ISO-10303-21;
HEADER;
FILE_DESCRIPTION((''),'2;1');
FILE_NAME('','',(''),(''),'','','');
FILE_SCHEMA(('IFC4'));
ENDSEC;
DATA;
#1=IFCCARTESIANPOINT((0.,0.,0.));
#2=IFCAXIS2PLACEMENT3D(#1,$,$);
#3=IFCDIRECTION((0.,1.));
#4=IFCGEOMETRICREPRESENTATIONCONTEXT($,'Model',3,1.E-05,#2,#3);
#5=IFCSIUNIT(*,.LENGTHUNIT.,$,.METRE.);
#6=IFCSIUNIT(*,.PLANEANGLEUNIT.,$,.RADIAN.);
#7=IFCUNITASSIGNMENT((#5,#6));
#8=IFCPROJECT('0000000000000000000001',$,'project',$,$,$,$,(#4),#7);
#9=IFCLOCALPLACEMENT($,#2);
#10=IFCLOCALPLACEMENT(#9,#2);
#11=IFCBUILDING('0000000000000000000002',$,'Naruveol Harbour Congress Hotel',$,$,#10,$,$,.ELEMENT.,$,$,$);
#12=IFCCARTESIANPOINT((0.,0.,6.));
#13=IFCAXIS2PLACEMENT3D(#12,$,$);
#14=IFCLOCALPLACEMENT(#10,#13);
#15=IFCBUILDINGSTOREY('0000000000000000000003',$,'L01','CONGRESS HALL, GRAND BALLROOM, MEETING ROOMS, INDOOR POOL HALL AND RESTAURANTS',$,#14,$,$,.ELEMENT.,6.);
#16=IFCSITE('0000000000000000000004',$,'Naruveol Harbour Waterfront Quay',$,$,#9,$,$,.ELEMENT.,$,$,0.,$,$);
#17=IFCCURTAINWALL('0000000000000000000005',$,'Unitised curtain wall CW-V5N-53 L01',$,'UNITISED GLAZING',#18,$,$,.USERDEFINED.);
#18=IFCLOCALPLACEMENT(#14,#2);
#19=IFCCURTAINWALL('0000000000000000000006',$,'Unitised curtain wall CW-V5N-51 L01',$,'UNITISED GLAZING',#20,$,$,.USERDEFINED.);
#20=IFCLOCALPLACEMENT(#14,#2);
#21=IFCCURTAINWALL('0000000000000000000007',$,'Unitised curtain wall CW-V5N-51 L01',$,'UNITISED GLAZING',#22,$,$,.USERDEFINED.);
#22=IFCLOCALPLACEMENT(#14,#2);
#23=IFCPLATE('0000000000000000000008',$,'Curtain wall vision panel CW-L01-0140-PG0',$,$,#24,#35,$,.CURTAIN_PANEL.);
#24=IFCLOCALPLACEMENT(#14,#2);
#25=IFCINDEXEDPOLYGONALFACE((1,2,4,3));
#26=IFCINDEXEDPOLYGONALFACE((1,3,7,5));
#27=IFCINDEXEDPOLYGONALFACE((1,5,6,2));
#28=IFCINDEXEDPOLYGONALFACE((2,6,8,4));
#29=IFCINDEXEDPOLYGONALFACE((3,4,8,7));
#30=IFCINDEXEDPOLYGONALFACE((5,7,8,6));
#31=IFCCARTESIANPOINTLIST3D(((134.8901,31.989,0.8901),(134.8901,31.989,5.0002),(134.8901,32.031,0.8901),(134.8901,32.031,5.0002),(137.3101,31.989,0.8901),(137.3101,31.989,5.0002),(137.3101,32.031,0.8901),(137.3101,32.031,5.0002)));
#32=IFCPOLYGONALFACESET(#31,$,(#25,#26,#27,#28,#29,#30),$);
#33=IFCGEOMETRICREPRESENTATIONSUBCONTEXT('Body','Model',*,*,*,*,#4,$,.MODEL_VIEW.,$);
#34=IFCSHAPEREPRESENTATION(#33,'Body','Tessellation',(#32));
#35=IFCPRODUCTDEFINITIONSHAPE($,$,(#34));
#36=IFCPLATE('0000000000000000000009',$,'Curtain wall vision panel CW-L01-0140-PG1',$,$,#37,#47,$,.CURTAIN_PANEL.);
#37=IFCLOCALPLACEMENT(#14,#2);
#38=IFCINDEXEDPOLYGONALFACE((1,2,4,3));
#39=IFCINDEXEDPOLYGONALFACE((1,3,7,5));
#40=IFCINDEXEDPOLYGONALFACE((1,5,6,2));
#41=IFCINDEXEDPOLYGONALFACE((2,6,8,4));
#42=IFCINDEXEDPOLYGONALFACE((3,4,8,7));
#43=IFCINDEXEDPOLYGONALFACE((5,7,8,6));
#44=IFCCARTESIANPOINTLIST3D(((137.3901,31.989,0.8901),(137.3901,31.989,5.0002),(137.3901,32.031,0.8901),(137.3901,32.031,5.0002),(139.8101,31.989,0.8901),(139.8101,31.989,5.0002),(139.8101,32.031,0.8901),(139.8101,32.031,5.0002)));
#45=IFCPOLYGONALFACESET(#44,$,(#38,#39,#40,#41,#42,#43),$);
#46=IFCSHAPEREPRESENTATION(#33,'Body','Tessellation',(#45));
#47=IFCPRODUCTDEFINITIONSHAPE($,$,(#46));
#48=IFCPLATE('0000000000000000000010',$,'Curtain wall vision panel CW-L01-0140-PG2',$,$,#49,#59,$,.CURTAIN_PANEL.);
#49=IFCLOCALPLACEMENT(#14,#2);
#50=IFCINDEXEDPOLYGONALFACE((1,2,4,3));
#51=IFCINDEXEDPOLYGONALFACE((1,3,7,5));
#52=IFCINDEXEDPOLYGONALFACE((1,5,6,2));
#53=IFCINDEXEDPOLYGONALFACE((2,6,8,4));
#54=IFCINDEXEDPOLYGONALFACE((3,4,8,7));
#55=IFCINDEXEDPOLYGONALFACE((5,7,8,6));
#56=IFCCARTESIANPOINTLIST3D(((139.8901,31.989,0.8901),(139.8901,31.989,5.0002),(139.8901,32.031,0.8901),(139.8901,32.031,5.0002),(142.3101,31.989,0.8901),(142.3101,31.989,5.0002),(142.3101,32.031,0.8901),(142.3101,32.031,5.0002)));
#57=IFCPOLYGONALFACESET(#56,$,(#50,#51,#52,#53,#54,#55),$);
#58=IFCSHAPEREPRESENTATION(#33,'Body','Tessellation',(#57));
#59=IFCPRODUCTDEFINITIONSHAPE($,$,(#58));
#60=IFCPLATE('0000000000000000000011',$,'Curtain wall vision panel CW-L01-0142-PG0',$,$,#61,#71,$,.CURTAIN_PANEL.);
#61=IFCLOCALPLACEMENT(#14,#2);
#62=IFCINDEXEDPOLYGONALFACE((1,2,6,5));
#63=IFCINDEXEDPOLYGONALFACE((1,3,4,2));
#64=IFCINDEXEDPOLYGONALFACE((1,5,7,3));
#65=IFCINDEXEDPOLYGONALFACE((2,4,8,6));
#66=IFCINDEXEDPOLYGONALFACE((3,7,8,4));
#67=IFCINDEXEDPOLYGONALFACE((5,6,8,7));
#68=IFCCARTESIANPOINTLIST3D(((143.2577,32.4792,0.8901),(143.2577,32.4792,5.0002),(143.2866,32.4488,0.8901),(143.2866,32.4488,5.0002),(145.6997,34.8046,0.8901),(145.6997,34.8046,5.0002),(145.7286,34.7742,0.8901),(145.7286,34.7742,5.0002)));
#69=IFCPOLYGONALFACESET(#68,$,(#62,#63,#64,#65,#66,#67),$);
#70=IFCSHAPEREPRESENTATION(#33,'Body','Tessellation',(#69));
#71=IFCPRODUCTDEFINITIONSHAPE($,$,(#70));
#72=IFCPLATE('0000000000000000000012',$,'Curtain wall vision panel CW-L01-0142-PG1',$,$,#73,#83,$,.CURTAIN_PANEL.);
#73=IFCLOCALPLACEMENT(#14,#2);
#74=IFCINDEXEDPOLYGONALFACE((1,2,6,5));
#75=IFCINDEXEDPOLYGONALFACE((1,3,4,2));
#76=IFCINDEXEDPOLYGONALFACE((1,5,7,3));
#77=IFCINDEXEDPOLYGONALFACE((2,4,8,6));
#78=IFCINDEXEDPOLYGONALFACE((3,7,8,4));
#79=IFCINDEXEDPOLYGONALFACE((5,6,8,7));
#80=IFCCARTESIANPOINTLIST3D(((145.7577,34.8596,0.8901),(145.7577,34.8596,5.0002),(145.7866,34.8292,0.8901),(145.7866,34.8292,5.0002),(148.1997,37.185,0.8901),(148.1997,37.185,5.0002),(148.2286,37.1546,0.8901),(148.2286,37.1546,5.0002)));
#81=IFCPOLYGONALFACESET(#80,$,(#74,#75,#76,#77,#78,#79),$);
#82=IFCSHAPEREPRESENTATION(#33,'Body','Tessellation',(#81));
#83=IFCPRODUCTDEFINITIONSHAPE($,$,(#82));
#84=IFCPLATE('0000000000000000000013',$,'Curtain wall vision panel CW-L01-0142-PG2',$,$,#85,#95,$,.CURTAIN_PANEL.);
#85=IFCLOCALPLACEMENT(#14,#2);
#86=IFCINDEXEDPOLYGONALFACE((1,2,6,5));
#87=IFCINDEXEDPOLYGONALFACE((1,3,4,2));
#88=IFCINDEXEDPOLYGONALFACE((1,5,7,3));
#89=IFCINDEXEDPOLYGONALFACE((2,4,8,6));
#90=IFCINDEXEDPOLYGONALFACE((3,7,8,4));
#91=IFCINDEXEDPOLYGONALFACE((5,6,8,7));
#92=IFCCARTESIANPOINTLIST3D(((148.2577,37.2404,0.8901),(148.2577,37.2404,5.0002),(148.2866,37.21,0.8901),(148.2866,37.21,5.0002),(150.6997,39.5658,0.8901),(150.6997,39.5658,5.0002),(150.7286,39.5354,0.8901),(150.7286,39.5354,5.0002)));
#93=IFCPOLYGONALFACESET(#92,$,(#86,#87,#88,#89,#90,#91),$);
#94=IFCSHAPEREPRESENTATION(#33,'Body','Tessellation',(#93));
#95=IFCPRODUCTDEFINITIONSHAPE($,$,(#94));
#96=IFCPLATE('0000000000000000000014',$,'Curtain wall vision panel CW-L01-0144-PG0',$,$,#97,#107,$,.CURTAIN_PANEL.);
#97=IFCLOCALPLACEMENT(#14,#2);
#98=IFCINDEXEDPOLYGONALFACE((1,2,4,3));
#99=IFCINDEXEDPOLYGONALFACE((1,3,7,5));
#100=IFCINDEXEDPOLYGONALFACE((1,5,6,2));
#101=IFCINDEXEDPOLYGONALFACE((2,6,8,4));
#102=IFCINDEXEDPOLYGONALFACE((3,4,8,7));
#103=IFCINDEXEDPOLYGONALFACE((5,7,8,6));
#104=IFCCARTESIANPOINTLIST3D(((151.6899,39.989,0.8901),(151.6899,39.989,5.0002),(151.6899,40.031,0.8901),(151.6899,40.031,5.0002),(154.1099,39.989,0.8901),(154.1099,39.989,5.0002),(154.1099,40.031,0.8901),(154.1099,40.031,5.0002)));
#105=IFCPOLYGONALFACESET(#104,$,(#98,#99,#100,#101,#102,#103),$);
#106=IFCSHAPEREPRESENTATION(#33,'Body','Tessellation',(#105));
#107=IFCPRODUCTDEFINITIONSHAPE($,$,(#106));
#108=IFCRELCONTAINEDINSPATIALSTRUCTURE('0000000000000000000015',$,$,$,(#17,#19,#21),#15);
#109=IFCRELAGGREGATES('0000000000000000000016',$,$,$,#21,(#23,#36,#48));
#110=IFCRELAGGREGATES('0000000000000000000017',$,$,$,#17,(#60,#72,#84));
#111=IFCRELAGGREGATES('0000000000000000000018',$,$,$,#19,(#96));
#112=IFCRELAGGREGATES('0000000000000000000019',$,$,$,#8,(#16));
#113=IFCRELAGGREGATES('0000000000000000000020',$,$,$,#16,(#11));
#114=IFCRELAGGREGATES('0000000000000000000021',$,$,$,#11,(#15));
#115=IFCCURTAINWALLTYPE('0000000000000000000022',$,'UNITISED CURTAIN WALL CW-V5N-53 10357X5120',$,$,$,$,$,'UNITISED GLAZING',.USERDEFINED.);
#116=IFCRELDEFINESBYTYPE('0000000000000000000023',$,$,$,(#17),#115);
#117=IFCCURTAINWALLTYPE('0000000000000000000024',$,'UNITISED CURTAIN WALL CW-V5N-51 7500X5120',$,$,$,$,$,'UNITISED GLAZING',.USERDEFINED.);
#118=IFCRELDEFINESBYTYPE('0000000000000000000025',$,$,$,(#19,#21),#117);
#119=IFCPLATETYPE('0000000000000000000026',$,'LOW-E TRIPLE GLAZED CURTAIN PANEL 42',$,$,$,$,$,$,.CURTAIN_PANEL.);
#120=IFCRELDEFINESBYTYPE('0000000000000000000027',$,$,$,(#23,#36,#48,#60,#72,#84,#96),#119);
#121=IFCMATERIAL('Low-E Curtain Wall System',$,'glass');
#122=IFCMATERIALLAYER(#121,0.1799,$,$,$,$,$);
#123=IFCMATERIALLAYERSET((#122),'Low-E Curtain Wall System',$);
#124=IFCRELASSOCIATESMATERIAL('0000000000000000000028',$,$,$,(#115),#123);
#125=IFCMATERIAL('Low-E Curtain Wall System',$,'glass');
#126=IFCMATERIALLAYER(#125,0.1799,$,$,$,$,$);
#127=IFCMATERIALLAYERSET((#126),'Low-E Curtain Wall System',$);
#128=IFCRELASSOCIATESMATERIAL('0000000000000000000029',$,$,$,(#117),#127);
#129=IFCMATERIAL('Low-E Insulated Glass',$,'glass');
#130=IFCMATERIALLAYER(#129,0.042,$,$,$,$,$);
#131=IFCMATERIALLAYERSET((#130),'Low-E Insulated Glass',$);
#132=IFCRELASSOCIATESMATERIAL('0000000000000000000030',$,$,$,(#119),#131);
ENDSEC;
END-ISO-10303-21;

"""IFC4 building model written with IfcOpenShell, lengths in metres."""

from ifc_helpers import new_model, si_unit, direction, frame, origin, origin_2d, place, context, subcontext, project, spatial, rectangle, extrude, material, layer, layer_set, type_object, element, aggregate, save


model = new_model("IFC4")

# Units and contexts
model_context = context("Model", 3, precision=1e-05, world=origin(), true_north=direction((0.0, 1.0)))
body_context = subcontext(model_context, "Body", "Model", "MODEL_VIEW")
ifc_project = project(units=[si_unit("LENGTHUNIT", "METRE"), si_unit("PLANEANGLEUNIT", "RADIAN")], contexts=[model_context])

# Site, building, storey
site_placement = place(None, origin())
site = spatial("IfcSite", under=ifc_project, at=site_placement, Name="Naruveol Harbour Waterfront Quay", CompositionType="ELEMENT", RefElevation=0.0)
building_placement = place(site_placement, origin())
building = spatial("IfcBuilding", under=site, at=building_placement, Name="Naruveol Harbour Congress Hotel", CompositionType="ELEMENT")
storey_placement = place(building_placement, frame((0.0, 0.0, 6.0)))
storey = spatial("IfcBuildingStorey", under=building, at=storey_placement, Name="L01", Description="CONGRESS HALL, GRAND BALLROOM, MEETING ROOMS, INDOOR POOL HALL AND RESTAURANTS", CompositionType="ELEMENT", Elevation=6.0)

# Curtain walls
ifc_material_1 = material(Name="Low-E Curtain Wall System", Category="glass")
ifc_layer_1 = layer(ifc_material_1, 0.1799)
ifc_layer_set_1 = layer_set([ifc_layer_1], Name="Low-E Curtain Wall System")
curtain_wall_type_1 = type_object("IfcCurtainWallType", Name="UNITISED CURTAIN WALL CW-V5N-53 10357X5120", ElementType="UNITISED GLAZING", PredefinedType="USERDEFINED", material=ifc_layer_set_1)
curtain_wall_1_placement = place(storey_placement, origin())
curtain_wall_1 = element("IfcCurtainWall", 1, at=curtain_wall_1_placement, inside=storey, type_object=curtain_wall_type_1, Name="Unitised curtain wall CW-V5N-53 L01", ObjectType="UNITISED GLAZING", PredefinedType="USERDEFINED")
ifc_material_2 = material(Name="Low-E Curtain Wall System", Category="glass")
ifc_layer_2 = layer(ifc_material_2, 0.1799)
ifc_layer_set_2 = layer_set([ifc_layer_2], Name="Low-E Curtain Wall System")
curtain_wall_type_2 = type_object("IfcCurtainWallType", Name="UNITISED CURTAIN WALL CW-V5N-51 7500X5120", ElementType="UNITISED GLAZING", PredefinedType="USERDEFINED", material=ifc_layer_set_2)
curtain_wall_2_placement = place(storey_placement, origin())
curtain_wall_2 = element("IfcCurtainWall", 2, at=curtain_wall_2_placement, inside=storey, type_object=curtain_wall_type_2, Name="Unitised curtain wall CW-V5N-51 L01", ObjectType="UNITISED GLAZING", PredefinedType="USERDEFINED")

# Curtain wall
curtain_wall_3_placement = place(storey_placement, origin())
curtain_wall_3 = element("IfcCurtainWall", 3, at=curtain_wall_3_placement, inside=storey, type_object=curtain_wall_type_2, Name="Unitised curtain wall CW-V5N-51 L01", ObjectType="UNITISED GLAZING", PredefinedType="USERDEFINED")

# Plates
ifc_material_3 = material(Name="Low-E Insulated Glass", Category="glass")
ifc_layer_3 = layer(ifc_material_3, 0.042)
ifc_layer_set_3 = layer_set([ifc_layer_3], Name="Low-E Insulated Glass")
plate_type_1 = type_object("IfcPlateType", Name="LOW-E TRIPLE GLAZED CURTAIN PANEL 42", PredefinedType="CURTAIN_PANEL", material=ifc_layer_set_3)
plate_1_placement = place(storey_placement, frame((136.1001, 32.01, 0.8901), z_axis=(0.0, 0.0, 1.0), x_axis=(1.0, 0.0, 0.0)))
plate_1 = element("IfcPlate", 4, at=plate_1_placement, type_object=plate_type_1, Name="Curtain wall vision panel CW-L01-0140-PG0", PredefinedType="CURTAIN_PANEL", context=body_context, shape_type="SweptSolid", body=[
    extrude(rectangle(XDim=2.4199, YDim=0.042, at=origin_2d()), origin(), (0.0, 0.0, 1.0), 4.1101),
])
plate_2_placement = place(storey_placement, frame((138.6001, 32.01, 0.8901), z_axis=(0.0, 0.0, 1.0), x_axis=(1.0, 0.0, 0.0)))
plate_2 = element("IfcPlate", 5, at=plate_2_placement, type_object=plate_type_1, Name="Curtain wall vision panel CW-L01-0140-PG1", PredefinedType="CURTAIN_PANEL", context=body_context, shape_type="SweptSolid", body=[
    extrude(rectangle(XDim=2.4199, YDim=0.042, at=origin_2d()), origin(), (0.0, 0.0, 1.0), 4.1101),
])
plate_3_placement = place(storey_placement, frame((141.1001, 32.01, 0.8901), z_axis=(0.0, 0.0, 1.0), x_axis=(1.0, 0.0, 0.0)))
plate_3 = element("IfcPlate", 6, at=plate_3_placement, type_object=plate_type_1, Name="Curtain wall vision panel CW-L01-0140-PG2", PredefinedType="CURTAIN_PANEL", context=body_context, shape_type="SweptSolid", body=[
    extrude(rectangle(XDim=2.4199, YDim=0.042, at=origin_2d()), origin(), (0.0, 0.0, 1.0), 4.1101),
])
aggregate(curtain_wall_3, [plate_1, plate_2, plate_3])
plate_4_placement = place(storey_placement, frame((144.4932, 33.6267, 0.8901), z_axis=(0.0, 0.0, 1.0), x_axis=(0.724184, 0.689607, 0.0)))
plate_4 = element("IfcPlate", 7, at=plate_4_placement, type_object=plate_type_1, Name="Curtain wall vision panel CW-L01-0142-PG0", PredefinedType="CURTAIN_PANEL", context=body_context, shape_type="SweptSolid", body=[
    extrude(rectangle(XDim=3.3721, YDim=0.042, at=origin_2d()), origin(), (0.0, 0.0, 1.0), 4.1101),
])
plate_5_placement = place(storey_placement, frame((146.9932, 36.0071, 0.8901), z_axis=(0.0, 0.0, 1.0), x_axis=(0.724184, 0.689607, 0.0)))
plate_5 = element("IfcPlate", 8, at=plate_5_placement, type_object=plate_type_1, Name="Curtain wall vision panel CW-L01-0142-PG1", PredefinedType="CURTAIN_PANEL", context=body_context, shape_type="SweptSolid", body=[
    extrude(rectangle(XDim=3.3721, YDim=0.042, at=origin_2d()), origin(), (0.0, 0.0, 1.0), 4.1101),
])
plate_6_placement = place(storey_placement, frame((149.4932, 38.3879, 0.8901), z_axis=(0.0, 0.0, 1.0), x_axis=(0.724184, 0.689607, 0.0)))
plate_6 = element("IfcPlate", 9, at=plate_6_placement, type_object=plate_type_1, Name="Curtain wall vision panel CW-L01-0142-PG2", PredefinedType="CURTAIN_PANEL", context=body_context, shape_type="SweptSolid", body=[
    extrude(rectangle(XDim=3.3721, YDim=0.042, at=origin_2d()), origin(), (0.0, 0.0, 1.0), 4.1101),
])
aggregate(curtain_wall_1, [plate_4, plate_5, plate_6])
plate_7_placement = place(storey_placement, frame((152.8999, 40.01, 0.8901), z_axis=(0.0, 0.0, 1.0), x_axis=(1.0, 0.0, 0.0)))
plate_7 = element("IfcPlate", 10, at=plate_7_placement, type_object=plate_type_1, Name="Curtain wall vision panel CW-L01-0144-PG0", PredefinedType="CURTAIN_PANEL", context=body_context, shape_type="SweptSolid", body=[
    extrude(rectangle(XDim=2.4199, YDim=0.042, at=origin_2d()), origin(), (0.0, 0.0, 1.0), 4.1101),
])
aggregate(curtain_wall_2, [plate_7])

save(model, "model.ifc")
